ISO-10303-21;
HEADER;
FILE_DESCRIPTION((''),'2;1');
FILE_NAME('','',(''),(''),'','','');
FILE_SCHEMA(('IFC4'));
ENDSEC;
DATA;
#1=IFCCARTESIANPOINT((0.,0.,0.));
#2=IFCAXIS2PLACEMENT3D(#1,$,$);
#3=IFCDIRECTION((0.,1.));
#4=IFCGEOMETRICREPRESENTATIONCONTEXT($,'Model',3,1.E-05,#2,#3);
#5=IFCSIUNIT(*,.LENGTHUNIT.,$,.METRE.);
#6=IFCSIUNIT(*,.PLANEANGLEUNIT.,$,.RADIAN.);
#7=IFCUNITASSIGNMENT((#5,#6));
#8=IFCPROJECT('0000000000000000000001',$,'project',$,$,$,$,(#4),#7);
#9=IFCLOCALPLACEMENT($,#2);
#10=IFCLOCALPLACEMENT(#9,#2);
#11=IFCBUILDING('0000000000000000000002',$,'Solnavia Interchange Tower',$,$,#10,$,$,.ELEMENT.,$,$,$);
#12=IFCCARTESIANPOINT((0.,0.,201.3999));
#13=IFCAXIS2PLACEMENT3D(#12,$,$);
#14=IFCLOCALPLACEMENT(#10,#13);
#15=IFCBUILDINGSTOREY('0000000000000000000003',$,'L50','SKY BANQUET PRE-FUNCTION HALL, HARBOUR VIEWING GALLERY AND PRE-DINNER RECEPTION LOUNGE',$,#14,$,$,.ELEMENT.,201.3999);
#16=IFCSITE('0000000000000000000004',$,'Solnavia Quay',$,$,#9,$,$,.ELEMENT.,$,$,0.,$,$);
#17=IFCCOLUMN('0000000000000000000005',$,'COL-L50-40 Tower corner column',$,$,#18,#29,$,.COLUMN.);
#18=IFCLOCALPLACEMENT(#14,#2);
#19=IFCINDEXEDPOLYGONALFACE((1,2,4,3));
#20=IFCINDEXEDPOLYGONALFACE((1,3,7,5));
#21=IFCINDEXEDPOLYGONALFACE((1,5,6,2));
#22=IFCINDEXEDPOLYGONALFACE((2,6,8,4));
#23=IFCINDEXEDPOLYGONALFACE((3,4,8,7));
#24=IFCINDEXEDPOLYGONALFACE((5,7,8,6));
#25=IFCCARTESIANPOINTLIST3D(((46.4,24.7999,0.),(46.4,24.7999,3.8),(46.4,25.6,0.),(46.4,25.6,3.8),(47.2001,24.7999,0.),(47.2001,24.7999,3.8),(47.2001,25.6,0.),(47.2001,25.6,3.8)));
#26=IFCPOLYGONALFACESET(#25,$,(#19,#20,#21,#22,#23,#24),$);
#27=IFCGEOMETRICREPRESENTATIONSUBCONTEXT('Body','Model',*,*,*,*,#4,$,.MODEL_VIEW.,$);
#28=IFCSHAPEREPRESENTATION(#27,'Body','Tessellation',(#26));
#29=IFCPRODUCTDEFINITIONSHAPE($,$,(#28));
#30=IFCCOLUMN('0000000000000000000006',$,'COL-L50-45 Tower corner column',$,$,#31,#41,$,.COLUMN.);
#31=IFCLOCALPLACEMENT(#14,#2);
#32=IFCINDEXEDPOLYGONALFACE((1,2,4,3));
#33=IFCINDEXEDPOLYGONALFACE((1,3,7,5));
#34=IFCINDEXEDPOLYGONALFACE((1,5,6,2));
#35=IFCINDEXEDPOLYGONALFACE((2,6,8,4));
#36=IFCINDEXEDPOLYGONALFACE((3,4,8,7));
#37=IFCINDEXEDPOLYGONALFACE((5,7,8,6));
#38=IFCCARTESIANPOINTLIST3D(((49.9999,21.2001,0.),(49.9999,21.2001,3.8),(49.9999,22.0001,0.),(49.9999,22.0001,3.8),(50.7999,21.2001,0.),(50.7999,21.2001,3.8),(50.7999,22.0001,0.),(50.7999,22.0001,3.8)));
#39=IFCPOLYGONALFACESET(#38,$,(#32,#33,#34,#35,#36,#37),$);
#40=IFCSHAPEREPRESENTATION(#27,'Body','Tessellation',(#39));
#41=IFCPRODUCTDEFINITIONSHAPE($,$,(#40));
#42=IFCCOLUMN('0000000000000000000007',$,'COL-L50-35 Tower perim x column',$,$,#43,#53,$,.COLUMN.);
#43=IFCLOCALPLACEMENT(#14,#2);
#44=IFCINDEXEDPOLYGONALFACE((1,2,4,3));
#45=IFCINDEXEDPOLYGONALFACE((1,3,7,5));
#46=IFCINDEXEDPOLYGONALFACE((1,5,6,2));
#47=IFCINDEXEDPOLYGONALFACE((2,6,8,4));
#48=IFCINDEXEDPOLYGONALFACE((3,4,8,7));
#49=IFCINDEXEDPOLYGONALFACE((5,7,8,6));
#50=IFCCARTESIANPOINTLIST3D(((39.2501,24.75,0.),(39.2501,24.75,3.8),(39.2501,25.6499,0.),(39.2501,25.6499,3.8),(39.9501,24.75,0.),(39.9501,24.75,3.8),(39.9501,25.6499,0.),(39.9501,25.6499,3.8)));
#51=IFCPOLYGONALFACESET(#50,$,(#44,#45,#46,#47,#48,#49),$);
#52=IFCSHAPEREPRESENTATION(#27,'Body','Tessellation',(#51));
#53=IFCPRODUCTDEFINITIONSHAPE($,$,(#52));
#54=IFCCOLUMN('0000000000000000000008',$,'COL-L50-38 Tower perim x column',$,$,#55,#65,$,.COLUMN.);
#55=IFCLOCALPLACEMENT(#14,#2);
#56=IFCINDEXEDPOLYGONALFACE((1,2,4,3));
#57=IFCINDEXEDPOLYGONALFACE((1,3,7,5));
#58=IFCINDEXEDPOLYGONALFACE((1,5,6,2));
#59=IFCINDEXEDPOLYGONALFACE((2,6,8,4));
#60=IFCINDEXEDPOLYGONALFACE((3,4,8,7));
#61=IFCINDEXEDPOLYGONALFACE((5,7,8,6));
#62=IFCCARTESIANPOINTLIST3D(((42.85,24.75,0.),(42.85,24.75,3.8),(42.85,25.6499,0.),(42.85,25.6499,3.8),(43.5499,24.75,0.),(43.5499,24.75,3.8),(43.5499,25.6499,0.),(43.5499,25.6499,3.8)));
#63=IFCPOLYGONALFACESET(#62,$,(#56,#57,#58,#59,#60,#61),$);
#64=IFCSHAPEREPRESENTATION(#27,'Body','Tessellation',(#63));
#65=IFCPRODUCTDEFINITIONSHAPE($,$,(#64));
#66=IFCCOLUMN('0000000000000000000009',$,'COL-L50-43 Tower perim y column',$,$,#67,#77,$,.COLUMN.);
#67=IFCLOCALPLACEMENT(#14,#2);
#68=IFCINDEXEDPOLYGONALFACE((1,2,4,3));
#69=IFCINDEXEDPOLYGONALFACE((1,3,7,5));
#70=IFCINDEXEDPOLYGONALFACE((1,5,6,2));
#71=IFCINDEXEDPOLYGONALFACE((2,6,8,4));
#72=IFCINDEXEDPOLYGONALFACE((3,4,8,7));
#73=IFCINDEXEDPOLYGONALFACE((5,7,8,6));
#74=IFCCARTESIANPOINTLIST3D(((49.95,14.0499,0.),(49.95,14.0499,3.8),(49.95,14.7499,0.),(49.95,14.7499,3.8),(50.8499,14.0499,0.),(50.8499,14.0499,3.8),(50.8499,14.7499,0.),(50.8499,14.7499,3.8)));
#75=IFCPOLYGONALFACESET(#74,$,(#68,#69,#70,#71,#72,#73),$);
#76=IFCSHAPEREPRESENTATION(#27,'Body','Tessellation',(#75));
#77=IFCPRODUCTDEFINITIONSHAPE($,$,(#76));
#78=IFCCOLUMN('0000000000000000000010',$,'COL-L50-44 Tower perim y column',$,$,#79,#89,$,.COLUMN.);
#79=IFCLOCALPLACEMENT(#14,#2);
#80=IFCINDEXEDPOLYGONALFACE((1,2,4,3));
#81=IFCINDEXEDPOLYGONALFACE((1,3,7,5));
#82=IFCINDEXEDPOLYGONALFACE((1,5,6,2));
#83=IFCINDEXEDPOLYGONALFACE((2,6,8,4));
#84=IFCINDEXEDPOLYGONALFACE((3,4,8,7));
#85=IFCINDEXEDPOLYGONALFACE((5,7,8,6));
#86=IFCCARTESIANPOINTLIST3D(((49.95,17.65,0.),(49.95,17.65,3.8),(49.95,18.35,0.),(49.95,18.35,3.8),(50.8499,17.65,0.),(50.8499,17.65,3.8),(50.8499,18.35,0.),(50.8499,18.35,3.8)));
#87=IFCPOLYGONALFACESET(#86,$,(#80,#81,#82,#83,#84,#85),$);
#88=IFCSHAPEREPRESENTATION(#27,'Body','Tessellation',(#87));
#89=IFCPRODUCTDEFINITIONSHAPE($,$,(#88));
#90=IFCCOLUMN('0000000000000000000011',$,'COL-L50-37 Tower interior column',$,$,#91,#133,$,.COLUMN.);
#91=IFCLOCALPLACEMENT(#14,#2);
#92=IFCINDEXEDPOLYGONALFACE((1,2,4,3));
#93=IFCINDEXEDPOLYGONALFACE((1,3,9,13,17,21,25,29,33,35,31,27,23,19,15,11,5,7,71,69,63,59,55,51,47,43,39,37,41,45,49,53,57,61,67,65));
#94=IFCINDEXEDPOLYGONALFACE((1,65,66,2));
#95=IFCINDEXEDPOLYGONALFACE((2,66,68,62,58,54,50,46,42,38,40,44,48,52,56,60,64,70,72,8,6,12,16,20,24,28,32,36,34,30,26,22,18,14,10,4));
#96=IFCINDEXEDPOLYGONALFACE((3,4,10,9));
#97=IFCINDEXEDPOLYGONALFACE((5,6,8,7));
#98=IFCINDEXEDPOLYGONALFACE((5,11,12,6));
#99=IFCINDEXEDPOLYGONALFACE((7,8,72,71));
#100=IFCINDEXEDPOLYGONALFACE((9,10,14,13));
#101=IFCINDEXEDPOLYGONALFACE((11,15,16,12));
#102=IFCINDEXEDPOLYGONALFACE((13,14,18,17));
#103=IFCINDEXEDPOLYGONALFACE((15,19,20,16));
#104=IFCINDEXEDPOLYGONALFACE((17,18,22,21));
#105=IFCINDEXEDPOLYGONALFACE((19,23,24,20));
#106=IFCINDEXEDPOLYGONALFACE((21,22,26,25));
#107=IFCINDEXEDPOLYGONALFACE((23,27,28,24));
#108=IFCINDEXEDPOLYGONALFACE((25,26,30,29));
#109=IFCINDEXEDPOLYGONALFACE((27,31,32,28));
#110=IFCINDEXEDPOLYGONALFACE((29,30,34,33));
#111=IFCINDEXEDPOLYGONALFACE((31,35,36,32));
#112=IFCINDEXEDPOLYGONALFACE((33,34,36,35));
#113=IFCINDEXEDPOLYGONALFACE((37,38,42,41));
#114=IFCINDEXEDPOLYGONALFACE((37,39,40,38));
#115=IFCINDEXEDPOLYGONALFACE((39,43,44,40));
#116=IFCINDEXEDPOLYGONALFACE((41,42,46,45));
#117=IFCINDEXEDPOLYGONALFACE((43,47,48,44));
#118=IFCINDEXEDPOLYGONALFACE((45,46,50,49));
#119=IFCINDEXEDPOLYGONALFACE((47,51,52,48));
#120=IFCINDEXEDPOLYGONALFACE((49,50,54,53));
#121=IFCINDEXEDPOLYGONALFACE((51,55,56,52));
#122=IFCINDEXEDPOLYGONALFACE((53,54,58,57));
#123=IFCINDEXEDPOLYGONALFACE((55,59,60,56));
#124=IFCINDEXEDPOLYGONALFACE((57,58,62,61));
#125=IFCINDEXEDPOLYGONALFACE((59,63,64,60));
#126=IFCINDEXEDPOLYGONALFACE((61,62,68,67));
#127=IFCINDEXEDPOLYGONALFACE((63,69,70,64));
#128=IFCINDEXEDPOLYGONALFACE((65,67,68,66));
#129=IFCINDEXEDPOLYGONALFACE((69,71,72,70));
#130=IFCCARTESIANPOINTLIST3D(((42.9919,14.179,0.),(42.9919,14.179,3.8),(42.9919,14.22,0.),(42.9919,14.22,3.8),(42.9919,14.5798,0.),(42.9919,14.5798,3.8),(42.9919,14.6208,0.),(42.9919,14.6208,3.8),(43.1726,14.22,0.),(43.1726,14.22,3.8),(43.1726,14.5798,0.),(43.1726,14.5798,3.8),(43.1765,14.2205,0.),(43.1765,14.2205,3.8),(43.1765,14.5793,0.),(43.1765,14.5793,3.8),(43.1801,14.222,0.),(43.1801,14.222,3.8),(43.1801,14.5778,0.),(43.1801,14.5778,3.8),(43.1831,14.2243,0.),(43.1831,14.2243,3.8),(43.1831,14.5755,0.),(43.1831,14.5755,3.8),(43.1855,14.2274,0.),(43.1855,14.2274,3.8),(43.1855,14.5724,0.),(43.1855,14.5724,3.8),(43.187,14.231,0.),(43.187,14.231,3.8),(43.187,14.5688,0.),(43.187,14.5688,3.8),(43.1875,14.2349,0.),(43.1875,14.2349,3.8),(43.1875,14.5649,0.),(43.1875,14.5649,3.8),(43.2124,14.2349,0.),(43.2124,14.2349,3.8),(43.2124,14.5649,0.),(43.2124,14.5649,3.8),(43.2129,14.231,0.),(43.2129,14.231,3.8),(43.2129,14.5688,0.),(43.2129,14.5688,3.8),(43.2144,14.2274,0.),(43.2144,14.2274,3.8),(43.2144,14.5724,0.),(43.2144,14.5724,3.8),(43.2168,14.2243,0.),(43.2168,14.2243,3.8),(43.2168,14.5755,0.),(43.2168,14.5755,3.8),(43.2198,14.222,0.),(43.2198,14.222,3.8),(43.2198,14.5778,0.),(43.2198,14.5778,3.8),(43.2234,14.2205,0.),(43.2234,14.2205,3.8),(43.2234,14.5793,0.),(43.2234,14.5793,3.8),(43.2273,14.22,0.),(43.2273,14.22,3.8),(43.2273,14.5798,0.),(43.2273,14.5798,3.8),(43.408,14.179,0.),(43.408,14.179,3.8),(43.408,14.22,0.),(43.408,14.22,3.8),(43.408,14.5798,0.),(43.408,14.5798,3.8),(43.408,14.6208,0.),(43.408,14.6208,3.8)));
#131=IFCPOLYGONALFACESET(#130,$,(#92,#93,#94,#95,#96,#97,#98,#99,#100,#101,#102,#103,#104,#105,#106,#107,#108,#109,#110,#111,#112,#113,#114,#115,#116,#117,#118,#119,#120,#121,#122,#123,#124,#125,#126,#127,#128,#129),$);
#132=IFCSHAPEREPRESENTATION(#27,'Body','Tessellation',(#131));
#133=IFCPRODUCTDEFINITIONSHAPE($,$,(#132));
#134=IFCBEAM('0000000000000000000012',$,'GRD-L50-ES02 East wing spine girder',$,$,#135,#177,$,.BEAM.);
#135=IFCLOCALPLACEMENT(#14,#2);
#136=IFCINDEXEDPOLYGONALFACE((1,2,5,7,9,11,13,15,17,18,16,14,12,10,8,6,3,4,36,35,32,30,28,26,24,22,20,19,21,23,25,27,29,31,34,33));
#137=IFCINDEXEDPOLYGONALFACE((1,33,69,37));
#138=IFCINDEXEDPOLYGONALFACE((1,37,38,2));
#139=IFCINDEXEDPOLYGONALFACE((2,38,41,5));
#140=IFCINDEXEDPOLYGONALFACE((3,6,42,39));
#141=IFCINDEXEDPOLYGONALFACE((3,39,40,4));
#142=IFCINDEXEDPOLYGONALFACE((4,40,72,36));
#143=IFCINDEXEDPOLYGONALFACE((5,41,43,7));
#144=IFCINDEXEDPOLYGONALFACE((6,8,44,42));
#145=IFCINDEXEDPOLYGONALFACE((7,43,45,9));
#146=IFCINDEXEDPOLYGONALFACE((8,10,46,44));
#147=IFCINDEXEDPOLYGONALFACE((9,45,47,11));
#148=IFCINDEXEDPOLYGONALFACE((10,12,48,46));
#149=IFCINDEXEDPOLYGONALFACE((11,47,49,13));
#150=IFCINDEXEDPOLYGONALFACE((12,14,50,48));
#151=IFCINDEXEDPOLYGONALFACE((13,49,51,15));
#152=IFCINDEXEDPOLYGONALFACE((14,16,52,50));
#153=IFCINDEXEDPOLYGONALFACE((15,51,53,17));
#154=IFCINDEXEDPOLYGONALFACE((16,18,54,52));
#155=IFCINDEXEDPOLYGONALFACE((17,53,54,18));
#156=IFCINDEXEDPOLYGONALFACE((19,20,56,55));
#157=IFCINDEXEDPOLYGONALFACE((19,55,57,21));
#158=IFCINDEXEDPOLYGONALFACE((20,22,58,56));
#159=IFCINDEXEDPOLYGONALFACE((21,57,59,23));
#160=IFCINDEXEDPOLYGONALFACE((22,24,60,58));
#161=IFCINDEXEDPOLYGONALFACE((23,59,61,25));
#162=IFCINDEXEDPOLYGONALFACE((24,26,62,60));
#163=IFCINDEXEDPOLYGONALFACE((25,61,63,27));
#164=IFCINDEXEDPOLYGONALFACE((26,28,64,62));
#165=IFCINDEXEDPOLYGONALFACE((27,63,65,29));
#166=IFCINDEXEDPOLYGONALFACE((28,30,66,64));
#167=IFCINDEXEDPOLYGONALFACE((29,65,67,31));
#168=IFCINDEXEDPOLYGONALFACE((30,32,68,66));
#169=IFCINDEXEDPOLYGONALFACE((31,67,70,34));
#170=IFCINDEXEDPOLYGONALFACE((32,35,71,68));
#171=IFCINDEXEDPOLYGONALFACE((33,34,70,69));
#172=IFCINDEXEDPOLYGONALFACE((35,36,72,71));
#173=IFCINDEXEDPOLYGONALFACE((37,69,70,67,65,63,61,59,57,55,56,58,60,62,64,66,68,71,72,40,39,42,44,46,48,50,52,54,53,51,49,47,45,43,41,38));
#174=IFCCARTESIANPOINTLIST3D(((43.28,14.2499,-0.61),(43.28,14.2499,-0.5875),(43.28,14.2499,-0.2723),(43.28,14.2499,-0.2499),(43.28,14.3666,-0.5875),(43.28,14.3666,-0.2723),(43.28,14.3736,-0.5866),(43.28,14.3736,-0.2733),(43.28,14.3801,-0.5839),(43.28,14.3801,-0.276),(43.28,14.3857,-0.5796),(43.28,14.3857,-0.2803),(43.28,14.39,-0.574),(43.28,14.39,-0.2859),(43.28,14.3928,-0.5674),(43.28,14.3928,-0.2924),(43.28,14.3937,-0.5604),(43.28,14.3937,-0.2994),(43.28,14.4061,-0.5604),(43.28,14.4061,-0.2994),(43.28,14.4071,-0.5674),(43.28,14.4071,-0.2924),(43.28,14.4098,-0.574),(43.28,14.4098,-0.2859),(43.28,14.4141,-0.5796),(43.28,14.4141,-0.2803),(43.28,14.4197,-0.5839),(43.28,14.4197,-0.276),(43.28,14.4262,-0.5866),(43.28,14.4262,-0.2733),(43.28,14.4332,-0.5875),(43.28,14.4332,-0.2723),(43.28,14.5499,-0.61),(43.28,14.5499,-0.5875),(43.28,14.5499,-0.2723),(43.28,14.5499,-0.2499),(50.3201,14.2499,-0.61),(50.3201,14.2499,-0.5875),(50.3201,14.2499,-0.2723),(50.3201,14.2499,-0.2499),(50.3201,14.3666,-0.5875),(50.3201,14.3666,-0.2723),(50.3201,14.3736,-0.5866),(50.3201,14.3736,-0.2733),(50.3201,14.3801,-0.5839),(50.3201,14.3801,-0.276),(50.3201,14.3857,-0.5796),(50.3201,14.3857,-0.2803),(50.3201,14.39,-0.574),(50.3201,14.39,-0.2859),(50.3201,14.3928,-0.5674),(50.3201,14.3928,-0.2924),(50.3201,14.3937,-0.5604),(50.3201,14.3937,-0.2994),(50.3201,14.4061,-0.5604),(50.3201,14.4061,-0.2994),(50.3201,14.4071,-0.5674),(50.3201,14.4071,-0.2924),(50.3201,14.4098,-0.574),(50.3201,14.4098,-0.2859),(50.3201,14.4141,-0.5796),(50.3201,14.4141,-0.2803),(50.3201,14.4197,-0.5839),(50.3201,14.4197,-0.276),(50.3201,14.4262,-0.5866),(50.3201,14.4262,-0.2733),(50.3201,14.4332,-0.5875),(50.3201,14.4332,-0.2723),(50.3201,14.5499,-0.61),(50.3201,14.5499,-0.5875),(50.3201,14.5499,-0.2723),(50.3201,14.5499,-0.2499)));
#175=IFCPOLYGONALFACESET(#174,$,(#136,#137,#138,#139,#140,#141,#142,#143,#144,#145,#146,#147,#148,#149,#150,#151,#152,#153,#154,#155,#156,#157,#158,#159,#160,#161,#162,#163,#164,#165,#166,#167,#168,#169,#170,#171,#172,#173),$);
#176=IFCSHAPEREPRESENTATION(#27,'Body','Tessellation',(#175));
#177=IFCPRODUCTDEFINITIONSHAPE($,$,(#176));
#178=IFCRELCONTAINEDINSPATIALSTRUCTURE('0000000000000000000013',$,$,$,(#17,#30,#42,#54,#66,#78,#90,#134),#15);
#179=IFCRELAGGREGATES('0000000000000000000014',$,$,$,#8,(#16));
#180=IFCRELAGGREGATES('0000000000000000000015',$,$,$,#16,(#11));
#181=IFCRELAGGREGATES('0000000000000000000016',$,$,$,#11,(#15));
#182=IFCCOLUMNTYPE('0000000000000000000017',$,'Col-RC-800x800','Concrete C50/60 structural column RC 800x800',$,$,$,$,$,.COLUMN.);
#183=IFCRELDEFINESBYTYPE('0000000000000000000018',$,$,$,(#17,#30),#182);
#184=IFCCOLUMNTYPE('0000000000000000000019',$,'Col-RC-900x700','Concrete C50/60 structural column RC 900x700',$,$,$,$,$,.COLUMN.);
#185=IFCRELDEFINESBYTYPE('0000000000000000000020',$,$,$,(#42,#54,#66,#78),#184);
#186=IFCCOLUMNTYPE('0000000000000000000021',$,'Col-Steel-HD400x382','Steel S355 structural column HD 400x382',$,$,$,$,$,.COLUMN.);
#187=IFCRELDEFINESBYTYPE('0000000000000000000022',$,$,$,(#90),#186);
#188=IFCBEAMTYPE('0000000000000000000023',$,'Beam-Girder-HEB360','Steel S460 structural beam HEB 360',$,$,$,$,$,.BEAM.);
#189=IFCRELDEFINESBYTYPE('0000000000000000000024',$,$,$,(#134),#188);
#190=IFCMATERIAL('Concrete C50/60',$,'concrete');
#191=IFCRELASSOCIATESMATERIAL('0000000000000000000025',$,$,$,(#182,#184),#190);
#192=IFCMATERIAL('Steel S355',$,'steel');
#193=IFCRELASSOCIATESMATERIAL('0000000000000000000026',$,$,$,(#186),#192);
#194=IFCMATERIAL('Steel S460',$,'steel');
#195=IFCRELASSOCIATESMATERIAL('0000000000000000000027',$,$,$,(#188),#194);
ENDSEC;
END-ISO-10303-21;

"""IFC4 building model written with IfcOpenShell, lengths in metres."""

from ifc_helpers import new_model, si_unit, direction, frame, origin, origin_2d, place, context, subcontext, project, spatial, rectangle, i_section, extrude, material, material_profile, profile_set, type_object, element, save


model = new_model("IFC4")

# Units and contexts
model_context = context("Model", 3, precision=1e-05, world=origin(), true_north=direction((0.0, 1.0)))
body_context = subcontext(model_context, "Body", "Model", "MODEL_VIEW")
ifc_project = project(units=[si_unit("LENGTHUNIT", "METRE"), si_unit("PLANEANGLEUNIT", "RADIAN")], contexts=[model_context])

# Site, building, storey
site_placement = place(None, origin())
site = spatial("IfcSite", under=ifc_project, at=site_placement, Name="Solnavia Quay", CompositionType="ELEMENT", RefElevation=0.0)
building_placement = place(site_placement, origin())
building = spatial("IfcBuilding", under=site, at=building_placement, Name="Solnavia Interchange Tower", CompositionType="ELEMENT")
storey_placement = place(building_placement, frame((0.0, 0.0, 201.3999)))
storey = spatial("IfcBuildingStorey", under=building, at=storey_placement, Name="L50", Description="SKY BANQUET PRE-FUNCTION HALL, HARBOUR VIEWING GALLERY AND PRE-DINNER RECEPTION LOUNGE", CompositionType="ELEMENT", Elevation=201.3999)

# Columns
ifc_material_1 = material(Name="Concrete C50/60", Category="concrete")
ifc_material_profile_1 = material_profile(ifc_material_1, rectangle(XDim=0.8, YDim=0.8, at=origin_2d()), Name="RC 800x800")
ifc_profile_set_1 = profile_set([ifc_material_profile_1], Name="Concrete C50/60")
column_type_1 = type_object("IfcColumnType", Name="Col-RC-800x800", Description="Concrete C50/60 structural column RC 800x800", PredefinedType="COLUMN", material=ifc_profile_set_1)
for number, where, z_axis, x_axis, name in (
    (1, (46.8, 25.2, 0.0), (0.0, 0.0, 1.0), (1.0, 0.0, 0.0), "COL-L50-40 Tower corner column"),
    (2, (50.3999, 21.6001, 0.0), (0.0, 0.0, 1.0), (0.0, 1.0, 0.0), "COL-L50-45 Tower corner column"),
):
    element("IfcColumn", number, at=place(storey_placement, frame(where, z_axis=z_axis, x_axis=x_axis)), inside=storey, type_object=column_type_1, Name=name, PredefinedType="COLUMN", context=body_context, shape_type="SweptSolid", body=[
        extrude(rectangle(XDim=0.8, YDim=0.8, at=origin_2d()), origin(), (0.0, 0.0, 1.0), 3.8),
    ])
ifc_material_profile_2 = material_profile(ifc_material_1, rectangle(XDim=0.7, YDim=0.8999, at=origin_2d()), Name="RC 900x700")
ifc_profile_set_2 = profile_set([ifc_material_profile_2], Name="Concrete C50/60")
column_type_2 = type_object("IfcColumnType", Name="Col-RC-900x700", Description="Concrete C50/60 structural column RC 900x700", PredefinedType="COLUMN", material=ifc_profile_set_2)
for number, where, z_axis, x_axis, name in (
    (3, (39.6001, 25.2, 0.0), (0.0, 0.0, 1.0), (1.0, 0.0, 0.0), "COL-L50-35 Tower perim x column"),
    (4, (43.2, 25.2, 0.0), (0.0, 0.0, 1.0), (1.0, 0.0, 0.0), "COL-L50-38 Tower perim x column"),
    (5, (50.3999, 14.3999, 0.0), (0.0, 0.0, 1.0), (0.0, 1.0, 0.0), "COL-L50-43 Tower perim y column"),
    (6, (50.3999, 18.0, 0.0), (0.0, 0.0, 1.0), (0.0, 1.0, 0.0), "COL-L50-44 Tower perim y column"),
):
    element("IfcColumn", number, at=place(storey_placement, frame(where, z_axis=z_axis, x_axis=x_axis)), inside=storey, type_object=column_type_2, Name=name, PredefinedType="COLUMN", context=body_context, shape_type="SweptSolid", body=[
        extrude(rectangle(XDim=0.7, YDim=0.8999, at=origin_2d()), origin(), (0.0, 0.0, 1.0), 3.8),
    ])
ifc_material_2 = material(Name="Steel S355", Category="steel")
ifc_material_profile_3 = material_profile(ifc_material_2, i_section(OverallWidth=0.416, OverallDepth=0.4419, WebThickness=0.0249, FlangeThickness=0.041, FilletRadius=0.0149, at=origin_2d()), Name="HD 400x382")
ifc_profile_set_3 = profile_set([ifc_material_profile_3], Name="Steel S355")
column_type_3 = type_object("IfcColumnType", Name="Col-Steel-HD400x382", Description="Steel S355 structural column HD 400x382", PredefinedType="COLUMN", material=ifc_profile_set_3)
column_placement = place(storey_placement, frame((43.2, 14.3999, 0.0), z_axis=(0.0, 0.0, 1.0), x_axis=(1.0, 0.0, 0.0)))
element("IfcColumn", 7, at=column_placement, inside=storey, type_object=column_type_3, Name="COL-L50-37 Tower interior column", PredefinedType="COLUMN", context=body_context, shape_type="SweptSolid", body=[
    extrude(i_section(OverallWidth=0.416, OverallDepth=0.4419, WebThickness=0.0249, FlangeThickness=0.041, FilletRadius=0.0149, at=origin_2d()), origin(), (0.0, 0.0, 1.0), 3.8),
])

# Beam
ifc_material_3 = material(Name="Steel S460", Category="steel")
ifc_material_profile_4 = material_profile(ifc_material_3, i_section(OverallWidth=0.3, OverallDepth=0.3601, WebThickness=0.0125, FlangeThickness=0.0225, FilletRadius=0.0271, at=origin_2d()), Name="HEB 360")
ifc_profile_set_4 = profile_set([ifc_material_profile_4], Name="Steel S460")
beam_type_1 = type_object("IfcBeamType", Name="Beam-Girder-HEB360", Description="Steel S460 structural beam HEB 360", PredefinedType="BEAM", material=ifc_profile_set_4)
beam_1_placement = place(storey_placement, frame((43.28, 14.3999, -0.4299), z_axis=(1.0, 0.0, 0.0), x_axis=(0.0, 1.0, 0.0)))
element("IfcBeam", 8, at=beam_1_placement, inside=storey, type_object=beam_type_1, Name="GRD-L50-ES02 East wing spine girder", PredefinedType="BEAM", context=body_context, shape_type="SweptSolid", body=[
    extrude(i_section(OverallWidth=0.3, OverallDepth=0.3601, WebThickness=0.0125, FlangeThickness=0.0225, FilletRadius=0.0271, at=origin_2d()), origin(), (0.0, 0.0, 1.0), 7.04),
])

save(model, "model.ifc")
